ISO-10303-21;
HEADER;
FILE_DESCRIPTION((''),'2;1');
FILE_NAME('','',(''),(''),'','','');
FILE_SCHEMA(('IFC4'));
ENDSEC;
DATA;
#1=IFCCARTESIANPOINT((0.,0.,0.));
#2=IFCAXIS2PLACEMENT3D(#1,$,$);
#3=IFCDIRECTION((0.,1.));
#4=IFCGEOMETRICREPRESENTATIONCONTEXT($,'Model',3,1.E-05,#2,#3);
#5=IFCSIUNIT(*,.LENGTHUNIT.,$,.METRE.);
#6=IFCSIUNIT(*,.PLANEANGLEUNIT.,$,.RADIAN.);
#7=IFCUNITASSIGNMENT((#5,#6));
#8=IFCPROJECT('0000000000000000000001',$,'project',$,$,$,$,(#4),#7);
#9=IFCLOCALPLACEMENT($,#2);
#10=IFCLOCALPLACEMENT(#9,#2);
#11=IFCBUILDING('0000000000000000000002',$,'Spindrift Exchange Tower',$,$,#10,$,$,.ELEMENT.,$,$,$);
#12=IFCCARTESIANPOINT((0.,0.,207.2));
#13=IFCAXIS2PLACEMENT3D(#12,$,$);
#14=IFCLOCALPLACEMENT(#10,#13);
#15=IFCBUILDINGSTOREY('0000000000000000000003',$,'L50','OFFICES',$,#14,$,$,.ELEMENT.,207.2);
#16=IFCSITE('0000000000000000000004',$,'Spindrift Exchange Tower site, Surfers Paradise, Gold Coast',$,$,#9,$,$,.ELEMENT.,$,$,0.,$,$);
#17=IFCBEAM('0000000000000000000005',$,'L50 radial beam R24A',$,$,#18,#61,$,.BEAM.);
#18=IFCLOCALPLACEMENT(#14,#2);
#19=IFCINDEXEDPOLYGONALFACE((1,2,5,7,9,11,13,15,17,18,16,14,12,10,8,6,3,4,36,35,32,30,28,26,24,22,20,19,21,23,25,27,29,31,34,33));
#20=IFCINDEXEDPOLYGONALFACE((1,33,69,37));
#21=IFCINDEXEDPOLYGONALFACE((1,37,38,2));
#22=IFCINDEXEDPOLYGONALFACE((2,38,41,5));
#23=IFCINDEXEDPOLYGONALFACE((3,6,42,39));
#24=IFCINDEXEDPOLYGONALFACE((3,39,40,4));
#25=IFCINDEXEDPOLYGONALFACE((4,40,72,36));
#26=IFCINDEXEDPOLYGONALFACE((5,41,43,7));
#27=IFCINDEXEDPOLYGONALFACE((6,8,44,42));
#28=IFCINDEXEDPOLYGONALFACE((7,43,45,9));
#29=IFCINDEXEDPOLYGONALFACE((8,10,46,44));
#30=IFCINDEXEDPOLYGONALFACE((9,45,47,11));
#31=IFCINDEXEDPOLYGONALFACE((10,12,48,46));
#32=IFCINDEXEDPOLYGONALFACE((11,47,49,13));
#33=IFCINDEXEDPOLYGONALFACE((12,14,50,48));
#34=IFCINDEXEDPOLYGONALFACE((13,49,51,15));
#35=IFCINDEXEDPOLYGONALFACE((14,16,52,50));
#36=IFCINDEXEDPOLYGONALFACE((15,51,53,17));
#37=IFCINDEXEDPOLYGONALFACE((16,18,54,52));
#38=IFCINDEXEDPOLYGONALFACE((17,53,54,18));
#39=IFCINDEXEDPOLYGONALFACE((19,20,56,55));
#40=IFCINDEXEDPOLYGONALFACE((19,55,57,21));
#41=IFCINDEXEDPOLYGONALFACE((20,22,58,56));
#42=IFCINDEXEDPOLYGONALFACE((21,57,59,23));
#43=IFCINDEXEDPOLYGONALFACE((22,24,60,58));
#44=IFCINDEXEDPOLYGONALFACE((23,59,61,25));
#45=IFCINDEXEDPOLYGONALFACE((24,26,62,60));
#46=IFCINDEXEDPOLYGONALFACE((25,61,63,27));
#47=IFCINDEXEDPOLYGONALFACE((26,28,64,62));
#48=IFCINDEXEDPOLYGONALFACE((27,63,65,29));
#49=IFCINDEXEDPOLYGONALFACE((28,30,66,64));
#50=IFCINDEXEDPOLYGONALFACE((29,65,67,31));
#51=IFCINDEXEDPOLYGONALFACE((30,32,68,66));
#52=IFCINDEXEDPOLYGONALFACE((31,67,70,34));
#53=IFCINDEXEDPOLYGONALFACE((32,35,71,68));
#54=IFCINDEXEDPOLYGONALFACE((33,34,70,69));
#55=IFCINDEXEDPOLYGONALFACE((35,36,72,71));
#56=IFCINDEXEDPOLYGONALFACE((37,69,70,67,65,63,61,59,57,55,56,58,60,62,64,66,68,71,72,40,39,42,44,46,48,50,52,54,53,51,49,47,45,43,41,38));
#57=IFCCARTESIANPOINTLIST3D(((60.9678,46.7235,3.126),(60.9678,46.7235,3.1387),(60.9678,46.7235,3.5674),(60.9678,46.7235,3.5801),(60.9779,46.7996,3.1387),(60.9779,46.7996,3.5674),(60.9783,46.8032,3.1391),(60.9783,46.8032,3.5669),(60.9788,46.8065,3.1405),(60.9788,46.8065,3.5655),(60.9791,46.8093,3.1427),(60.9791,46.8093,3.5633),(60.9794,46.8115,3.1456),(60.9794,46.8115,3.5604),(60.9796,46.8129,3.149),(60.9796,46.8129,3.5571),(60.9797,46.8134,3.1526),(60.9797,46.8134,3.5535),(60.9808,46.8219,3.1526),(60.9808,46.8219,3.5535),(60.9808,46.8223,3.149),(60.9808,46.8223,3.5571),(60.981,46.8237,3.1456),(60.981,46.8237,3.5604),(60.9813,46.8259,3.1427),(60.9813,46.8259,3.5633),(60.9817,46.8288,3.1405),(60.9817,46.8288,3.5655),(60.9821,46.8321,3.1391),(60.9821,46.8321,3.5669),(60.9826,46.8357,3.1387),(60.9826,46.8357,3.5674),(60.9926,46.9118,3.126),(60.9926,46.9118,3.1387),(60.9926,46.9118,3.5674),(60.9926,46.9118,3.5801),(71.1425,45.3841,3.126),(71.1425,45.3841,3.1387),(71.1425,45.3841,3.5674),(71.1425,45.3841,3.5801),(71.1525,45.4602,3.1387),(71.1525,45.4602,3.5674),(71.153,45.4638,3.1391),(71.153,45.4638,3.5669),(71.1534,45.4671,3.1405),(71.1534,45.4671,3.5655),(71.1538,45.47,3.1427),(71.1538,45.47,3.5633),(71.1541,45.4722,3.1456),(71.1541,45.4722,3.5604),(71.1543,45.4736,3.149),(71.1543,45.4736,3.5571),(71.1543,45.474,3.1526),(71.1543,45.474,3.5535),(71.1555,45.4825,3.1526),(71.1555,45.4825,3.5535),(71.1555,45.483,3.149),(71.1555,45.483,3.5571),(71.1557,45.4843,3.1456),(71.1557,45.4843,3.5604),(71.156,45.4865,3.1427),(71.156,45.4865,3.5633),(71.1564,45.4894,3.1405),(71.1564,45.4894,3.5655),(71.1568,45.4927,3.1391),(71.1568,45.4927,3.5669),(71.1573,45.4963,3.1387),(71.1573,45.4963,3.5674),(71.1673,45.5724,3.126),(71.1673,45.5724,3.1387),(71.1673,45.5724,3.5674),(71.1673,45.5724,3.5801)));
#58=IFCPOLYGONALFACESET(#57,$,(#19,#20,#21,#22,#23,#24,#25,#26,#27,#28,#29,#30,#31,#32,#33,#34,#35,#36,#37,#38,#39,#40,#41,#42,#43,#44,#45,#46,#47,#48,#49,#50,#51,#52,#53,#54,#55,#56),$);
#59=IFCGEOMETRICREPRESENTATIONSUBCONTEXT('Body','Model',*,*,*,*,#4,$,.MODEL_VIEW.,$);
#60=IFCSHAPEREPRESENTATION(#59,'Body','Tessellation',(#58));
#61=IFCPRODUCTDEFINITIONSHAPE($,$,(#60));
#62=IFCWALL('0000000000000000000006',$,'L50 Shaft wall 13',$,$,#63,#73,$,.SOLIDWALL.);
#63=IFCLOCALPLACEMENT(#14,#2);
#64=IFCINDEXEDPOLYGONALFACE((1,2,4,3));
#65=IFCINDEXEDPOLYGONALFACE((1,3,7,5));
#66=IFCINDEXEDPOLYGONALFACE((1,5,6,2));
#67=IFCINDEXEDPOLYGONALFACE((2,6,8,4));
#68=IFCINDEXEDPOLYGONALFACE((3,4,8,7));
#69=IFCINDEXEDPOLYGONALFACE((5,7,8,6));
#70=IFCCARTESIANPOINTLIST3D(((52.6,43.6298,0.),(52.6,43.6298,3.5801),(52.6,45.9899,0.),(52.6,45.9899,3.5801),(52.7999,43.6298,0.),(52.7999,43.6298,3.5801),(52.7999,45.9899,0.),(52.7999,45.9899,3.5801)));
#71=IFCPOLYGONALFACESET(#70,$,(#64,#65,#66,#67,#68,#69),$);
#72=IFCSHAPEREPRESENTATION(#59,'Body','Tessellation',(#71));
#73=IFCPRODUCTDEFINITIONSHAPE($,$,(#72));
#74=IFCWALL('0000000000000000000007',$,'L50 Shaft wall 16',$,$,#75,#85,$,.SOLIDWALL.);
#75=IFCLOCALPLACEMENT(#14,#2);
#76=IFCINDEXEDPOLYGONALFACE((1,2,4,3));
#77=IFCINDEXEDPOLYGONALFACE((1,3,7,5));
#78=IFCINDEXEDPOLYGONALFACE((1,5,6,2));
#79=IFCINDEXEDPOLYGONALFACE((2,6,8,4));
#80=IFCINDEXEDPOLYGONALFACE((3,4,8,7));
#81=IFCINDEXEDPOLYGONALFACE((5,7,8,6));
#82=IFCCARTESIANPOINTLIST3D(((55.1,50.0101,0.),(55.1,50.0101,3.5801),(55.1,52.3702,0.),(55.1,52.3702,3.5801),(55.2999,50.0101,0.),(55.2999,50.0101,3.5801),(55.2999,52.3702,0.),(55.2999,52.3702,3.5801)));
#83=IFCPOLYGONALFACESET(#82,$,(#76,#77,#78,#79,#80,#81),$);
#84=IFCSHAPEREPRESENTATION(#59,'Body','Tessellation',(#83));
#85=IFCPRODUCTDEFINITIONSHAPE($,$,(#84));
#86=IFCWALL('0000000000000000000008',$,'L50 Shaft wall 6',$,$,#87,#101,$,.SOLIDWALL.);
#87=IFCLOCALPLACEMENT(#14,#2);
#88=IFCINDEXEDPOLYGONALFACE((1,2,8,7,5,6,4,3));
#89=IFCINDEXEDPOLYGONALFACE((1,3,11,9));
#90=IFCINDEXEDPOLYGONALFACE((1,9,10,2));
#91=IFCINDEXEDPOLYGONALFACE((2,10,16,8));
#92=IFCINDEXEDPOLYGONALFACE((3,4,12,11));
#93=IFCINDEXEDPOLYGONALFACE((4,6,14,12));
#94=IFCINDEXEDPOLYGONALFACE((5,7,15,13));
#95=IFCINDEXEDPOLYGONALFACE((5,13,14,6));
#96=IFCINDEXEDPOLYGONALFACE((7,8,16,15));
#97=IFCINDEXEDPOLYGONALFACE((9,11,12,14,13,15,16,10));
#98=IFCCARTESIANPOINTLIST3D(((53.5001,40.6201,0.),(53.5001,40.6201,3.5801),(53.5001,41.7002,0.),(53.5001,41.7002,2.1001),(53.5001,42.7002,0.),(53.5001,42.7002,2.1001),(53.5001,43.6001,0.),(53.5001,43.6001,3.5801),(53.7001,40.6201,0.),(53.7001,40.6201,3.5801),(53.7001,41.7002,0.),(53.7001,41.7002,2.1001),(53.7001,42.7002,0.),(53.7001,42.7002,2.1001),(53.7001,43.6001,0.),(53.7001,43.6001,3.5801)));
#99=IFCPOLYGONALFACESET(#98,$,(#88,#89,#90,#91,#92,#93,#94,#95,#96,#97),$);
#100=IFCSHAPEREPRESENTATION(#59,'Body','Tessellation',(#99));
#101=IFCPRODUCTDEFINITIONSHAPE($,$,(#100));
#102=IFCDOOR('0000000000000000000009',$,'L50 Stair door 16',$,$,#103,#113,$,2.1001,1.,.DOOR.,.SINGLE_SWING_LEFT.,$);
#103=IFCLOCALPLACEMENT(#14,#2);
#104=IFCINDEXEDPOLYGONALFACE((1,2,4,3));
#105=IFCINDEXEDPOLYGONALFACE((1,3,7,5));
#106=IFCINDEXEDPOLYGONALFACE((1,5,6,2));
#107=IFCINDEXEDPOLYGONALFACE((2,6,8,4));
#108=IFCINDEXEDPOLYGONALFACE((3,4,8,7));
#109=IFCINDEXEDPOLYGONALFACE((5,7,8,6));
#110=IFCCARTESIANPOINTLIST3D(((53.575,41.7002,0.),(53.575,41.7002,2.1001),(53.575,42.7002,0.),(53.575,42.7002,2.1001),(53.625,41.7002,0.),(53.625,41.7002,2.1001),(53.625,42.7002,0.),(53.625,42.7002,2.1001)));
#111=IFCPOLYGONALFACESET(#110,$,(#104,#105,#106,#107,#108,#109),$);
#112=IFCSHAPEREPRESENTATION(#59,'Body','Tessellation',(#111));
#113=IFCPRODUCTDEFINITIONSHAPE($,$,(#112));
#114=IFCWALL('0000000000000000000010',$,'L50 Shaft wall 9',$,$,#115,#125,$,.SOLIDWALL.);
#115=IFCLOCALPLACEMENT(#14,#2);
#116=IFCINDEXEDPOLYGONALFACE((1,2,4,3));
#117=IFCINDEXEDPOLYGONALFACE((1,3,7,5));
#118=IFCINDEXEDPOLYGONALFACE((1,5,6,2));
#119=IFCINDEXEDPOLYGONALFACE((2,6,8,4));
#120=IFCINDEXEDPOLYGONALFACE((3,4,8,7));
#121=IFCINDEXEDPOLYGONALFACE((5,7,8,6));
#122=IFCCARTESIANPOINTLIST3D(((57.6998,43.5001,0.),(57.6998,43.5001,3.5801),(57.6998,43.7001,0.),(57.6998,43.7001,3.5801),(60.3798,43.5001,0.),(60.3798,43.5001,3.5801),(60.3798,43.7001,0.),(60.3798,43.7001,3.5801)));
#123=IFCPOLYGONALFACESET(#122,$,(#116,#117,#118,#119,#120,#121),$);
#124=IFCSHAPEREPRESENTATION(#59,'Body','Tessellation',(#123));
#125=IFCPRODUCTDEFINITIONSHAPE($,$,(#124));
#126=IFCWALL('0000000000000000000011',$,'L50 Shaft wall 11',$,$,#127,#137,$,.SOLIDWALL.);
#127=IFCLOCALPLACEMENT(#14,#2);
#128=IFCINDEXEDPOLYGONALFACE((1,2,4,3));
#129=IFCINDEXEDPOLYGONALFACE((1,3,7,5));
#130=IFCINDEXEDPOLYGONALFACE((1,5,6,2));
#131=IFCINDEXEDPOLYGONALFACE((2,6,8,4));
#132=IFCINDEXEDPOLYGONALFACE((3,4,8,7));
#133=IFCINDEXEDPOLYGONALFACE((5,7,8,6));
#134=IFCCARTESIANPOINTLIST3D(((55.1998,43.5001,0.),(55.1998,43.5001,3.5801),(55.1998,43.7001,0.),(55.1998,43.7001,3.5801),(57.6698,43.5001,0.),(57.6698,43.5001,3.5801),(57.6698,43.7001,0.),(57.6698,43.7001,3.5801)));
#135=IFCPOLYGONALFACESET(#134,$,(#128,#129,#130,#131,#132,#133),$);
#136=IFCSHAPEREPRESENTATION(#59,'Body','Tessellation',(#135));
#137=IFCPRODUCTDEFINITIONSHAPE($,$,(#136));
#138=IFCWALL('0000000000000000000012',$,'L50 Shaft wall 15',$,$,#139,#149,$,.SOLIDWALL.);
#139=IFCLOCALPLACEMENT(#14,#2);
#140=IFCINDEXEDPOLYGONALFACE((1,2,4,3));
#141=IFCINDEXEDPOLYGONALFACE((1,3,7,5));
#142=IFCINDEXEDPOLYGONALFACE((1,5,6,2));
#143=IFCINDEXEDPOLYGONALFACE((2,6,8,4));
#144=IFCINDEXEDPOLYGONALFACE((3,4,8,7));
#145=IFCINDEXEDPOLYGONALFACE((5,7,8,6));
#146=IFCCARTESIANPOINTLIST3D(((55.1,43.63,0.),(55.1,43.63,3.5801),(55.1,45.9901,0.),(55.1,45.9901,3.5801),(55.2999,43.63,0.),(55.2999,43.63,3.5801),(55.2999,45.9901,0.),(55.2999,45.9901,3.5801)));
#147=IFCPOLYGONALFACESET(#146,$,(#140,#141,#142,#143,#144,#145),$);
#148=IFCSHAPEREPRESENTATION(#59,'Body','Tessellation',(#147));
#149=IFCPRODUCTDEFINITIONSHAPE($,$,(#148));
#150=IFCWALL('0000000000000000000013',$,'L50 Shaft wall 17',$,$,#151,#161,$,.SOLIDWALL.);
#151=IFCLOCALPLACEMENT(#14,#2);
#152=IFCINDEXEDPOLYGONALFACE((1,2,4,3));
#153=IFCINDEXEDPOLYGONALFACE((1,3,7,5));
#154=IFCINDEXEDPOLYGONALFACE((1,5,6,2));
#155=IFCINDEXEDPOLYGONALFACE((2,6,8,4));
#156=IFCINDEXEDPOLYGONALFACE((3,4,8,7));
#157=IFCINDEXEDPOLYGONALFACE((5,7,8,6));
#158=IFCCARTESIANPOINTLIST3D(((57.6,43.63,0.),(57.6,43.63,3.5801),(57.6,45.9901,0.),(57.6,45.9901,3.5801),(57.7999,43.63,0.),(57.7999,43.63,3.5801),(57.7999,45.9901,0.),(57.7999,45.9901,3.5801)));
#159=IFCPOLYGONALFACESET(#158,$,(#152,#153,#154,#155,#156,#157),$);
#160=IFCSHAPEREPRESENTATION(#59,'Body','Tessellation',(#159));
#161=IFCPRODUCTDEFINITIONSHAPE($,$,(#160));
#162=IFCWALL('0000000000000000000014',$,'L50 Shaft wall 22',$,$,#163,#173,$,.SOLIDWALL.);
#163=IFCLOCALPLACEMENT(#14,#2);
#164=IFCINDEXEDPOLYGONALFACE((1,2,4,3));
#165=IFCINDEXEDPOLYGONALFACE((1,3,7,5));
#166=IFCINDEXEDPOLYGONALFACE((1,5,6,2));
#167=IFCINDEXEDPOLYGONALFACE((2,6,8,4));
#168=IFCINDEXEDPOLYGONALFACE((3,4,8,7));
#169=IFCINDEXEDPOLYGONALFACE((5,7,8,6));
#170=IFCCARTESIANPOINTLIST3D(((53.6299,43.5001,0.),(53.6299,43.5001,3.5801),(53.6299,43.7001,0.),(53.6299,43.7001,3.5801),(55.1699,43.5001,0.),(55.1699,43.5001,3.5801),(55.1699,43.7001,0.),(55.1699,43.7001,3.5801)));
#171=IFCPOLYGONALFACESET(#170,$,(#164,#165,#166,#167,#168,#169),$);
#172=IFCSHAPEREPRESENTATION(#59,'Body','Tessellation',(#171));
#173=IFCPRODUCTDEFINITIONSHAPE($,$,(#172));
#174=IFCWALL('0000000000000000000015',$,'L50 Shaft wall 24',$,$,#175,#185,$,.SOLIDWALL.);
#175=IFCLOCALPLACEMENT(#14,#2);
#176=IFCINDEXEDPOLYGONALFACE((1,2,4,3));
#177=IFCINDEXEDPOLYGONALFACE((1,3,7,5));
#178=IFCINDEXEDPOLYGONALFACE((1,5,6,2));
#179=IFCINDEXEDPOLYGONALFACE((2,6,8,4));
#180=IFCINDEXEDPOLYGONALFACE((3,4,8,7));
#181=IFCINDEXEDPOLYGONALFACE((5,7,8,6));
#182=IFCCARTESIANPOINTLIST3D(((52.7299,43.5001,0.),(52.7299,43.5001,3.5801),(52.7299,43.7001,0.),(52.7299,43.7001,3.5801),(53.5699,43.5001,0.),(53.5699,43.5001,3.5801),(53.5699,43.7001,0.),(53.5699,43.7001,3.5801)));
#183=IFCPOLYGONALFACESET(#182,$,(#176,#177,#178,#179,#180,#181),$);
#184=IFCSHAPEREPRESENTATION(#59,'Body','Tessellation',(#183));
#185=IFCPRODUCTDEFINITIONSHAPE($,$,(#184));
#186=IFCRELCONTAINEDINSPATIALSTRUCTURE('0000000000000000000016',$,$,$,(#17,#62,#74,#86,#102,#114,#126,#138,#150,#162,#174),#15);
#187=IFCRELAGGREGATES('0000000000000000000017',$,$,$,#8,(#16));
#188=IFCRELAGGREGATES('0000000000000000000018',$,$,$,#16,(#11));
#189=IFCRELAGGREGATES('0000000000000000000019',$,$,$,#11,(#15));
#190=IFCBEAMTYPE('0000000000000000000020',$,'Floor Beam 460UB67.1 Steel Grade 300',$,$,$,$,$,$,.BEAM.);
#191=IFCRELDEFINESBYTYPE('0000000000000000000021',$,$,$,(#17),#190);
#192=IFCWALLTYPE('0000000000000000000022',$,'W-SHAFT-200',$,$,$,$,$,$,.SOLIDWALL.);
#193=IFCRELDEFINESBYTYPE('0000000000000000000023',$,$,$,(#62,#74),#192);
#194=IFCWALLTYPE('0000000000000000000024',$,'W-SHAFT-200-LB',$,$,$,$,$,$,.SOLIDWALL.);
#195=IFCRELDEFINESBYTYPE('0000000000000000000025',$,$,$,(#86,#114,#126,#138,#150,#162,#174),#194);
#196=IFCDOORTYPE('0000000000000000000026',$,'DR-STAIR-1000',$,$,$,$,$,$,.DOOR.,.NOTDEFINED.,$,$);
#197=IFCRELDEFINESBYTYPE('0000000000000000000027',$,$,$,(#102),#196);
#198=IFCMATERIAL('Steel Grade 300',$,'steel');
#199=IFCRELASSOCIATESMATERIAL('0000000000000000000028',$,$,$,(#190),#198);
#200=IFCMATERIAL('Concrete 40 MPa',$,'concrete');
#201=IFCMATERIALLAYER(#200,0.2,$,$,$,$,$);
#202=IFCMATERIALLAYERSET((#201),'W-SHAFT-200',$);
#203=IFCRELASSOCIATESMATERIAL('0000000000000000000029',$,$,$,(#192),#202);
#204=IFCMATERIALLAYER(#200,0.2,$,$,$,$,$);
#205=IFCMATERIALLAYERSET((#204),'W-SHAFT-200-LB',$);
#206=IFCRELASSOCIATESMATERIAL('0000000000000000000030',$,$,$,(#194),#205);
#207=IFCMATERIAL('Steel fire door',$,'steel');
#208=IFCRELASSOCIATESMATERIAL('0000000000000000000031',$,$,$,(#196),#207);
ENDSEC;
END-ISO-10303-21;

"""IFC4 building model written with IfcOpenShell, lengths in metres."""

from ifc_helpers import new_model, si_unit, direction, frame, frame_2d, origin, origin_2d, place, context, subcontext, project, spatial, rectangle, i_section, extrude, source, transform, mapped, material, layer, layer_set, material_profile, profile_set, type_object, element, fill, save


model = new_model("IFC4")

# Units and contexts
model_context = context("Model", 3, precision=1e-05, world=origin(), true_north=direction((0.0, 1.0)))
body_context = subcontext(model_context, "Body", "Model", "MODEL_VIEW")
ifc_project = project(units=[si_unit("LENGTHUNIT", "METRE"), si_unit("PLANEANGLEUNIT", "RADIAN")], contexts=[model_context])

# Site, building, storey
site_placement = place(None, origin())
site = spatial("IfcSite", under=ifc_project, at=site_placement, Name="Spindrift Exchange Tower site, Surfers Paradise, Gold Coast", CompositionType="ELEMENT", RefElevation=0.0)
building_placement = place(site_placement, origin())
building = spatial("IfcBuilding", under=site, at=building_placement, Name="Spindrift Exchange Tower", CompositionType="ELEMENT")
storey_placement = place(building_placement, frame((0.0, 0.0, 207.2)))
storey = spatial("IfcBuildingStorey", under=building, at=storey_placement, Name="L50", Description="OFFICES", CompositionType="ELEMENT", Elevation=207.2)

# Beam
ifc_material_1 = material(Name="Steel Grade 300", Category="steel")
ifc_material_profile_1 = material_profile(ifc_material_1, i_section(OverallWidth=0.1899, OverallDepth=0.4541, WebThickness=0.0085, FlangeThickness=0.0127, FilletRadius=0.0139, at=origin_2d()), Name="460UB67.1")
ifc_profile_set_1 = profile_set([ifc_material_profile_1], Name="Steel Grade 300")
beam_type_1 = type_object("IfcBeamType", Name="Floor Beam 460UB67.1 Steel Grade 300", PredefinedType="BEAM", material=ifc_profile_set_1)
shared_shape_1 = source(origin(), body_context, "Body", "SweptSolid", [
    extrude(i_section(OverallWidth=0.1899, OverallDepth=0.4541, WebThickness=0.0085, FlangeThickness=0.0127, FilletRadius=0.0139, at=origin_2d()), origin(), (0.0, 0.0, 1.0), 10.2625),
])
beam_1_placement = place(storey_placement, frame((60.9802, 46.8176, 3.353), z_axis=(0.991447, -0.130512, 0.0), x_axis=(0.130512, 0.991447, 0.0)))
element("IfcBeam", 1, at=beam_1_placement, inside=storey, type_object=beam_type_1, Name="L50 radial beam R24A", PredefinedType="BEAM", context=body_context, shape_type="MappedRepresentation", body=[
    mapped(shared_shape_1, transform((0.0, 0.0, 0.0), scale=1.0)),
])

# Walls
ifc_material_2 = material(Name="Concrete 40 MPa", Category="concrete")
ifc_layer_1 = layer(ifc_material_2, 0.2)
ifc_layer_set_1 = layer_set([ifc_layer_1], Name="W-SHAFT-200")
wall_type_1 = type_object("IfcWallType", Name="W-SHAFT-200", PredefinedType="SOLIDWALL", material=ifc_layer_set_1)
for number, where, z_axis, x_axis, name in (
    (2, (52.7, 45.99, 0.0), (0.0, 0.0, 1.0), (0.0, -1.0, 0.0), "L50 Shaft wall 13"),
    (3, (55.2, 50.01, 0.0), (0.0, 0.0, 1.0), (0.0, 1.0, 0.0), "L50 Shaft wall 16"),
):
    element("IfcWall", number, at=place(storey_placement, frame(where, z_axis=z_axis, x_axis=x_axis)), inside=storey, type_object=wall_type_1, Name=name, PredefinedType="SOLIDWALL", context=body_context, shape_type="SweptSolid", body=[
        extrude(rectangle(XDim=2.3601, YDim=0.2, at=frame_2d((1.1802, 0.0))), origin(), (0.0, 0.0, 1.0), 3.5801),
    ])

# Wall, opening, door
ifc_layer_2 = layer(ifc_material_2, 0.2)
ifc_layer_set_2 = layer_set([ifc_layer_2], Name="W-SHAFT-200-LB")
wall_type_2 = type_object("IfcWallType", Name="W-SHAFT-200-LB", PredefinedType="SOLIDWALL", material=ifc_layer_set_2)
wall_1_placement = place(storey_placement, frame((53.6001, 43.6001, 0.0), z_axis=(0.0, 0.0, 1.0), x_axis=(0.0, -1.0, 0.0)))
wall_1 = element("IfcWall", 4, at=wall_1_placement, inside=storey, type_object=wall_type_2, Name="L50 Shaft wall 6", PredefinedType="SOLIDWALL", context=body_context, shape_type="SweptSolid", body=[
    extrude(rectangle(XDim=2.98, YDim=0.2, at=frame_2d((1.49, 0.0))), origin(), (0.0, 0.0, 1.0), 3.5801),
])
opening_placement = place(wall_1_placement, frame((0.8999, 0.0, 0.0)))
opening = element("IfcOpeningElement", 5, at=opening_placement, cuts=wall_1, PredefinedType="OPENING", context=body_context, shape_type="SweptSolid", body=[
    extrude(rectangle(XDim=1.0, YDim=2.1001, at=frame_2d((0.5, 1.05))), frame((0.0, 0.1099, 0.0), z_axis=(0.0, -1.0, 0.0), x_axis=(1.0, 0.0, 0.0)), (0.0, 0.0, 1.0), 0.22),
])
ifc_material_3 = material(Name="Steel fire door", Category="steel")
door_type = type_object("IfcDoorType", Name="DR-STAIR-1000", OperationType="NOTDEFINED", PredefinedType="DOOR", material=ifc_material_3)
shared_shape_2 = source(origin(), body_context, "Body", "SweptSolid", [
    extrude(rectangle(XDim=1.0, YDim=2.1001, at=frame_2d((0.5, 1.05))), frame((0.0, 0.0249, 0.0), z_axis=(0.0, -1.0, 0.0), x_axis=(1.0, 0.0, 0.0)), (0.0, 0.0, 1.0), 0.05),
])
door_placement = place(opening_placement, origin())
door = element("IfcDoor", 6, at=door_placement, inside=storey, type_object=door_type, Name="L50 Stair door 16", OperationType="SINGLE_SWING_LEFT", OverallHeight=2.1001, OverallWidth=1.0, PredefinedType="DOOR", context=body_context, shape_type="MappedRepresentation", body=[
    mapped(shared_shape_2, transform((0.0, 0.0, 0.0), scale=1.0)),
])
fill(opening, door)

# Walls
wall_2_placement = place(storey_placement, frame((57.7, 43.6001, 0.0), z_axis=(0.0, 0.0, 1.0), x_axis=(1.0, 0.0, 0.0)))
element("IfcWall", 7, at=wall_2_placement, inside=storey, type_object=wall_type_2, Name="L50 Shaft wall 9", PredefinedType="SOLIDWALL", context=body_context, shape_type="SweptSolid", body=[
    extrude(rectangle(XDim=2.6799, YDim=0.2, at=frame_2d((1.3398, 0.0))), origin(), (0.0, 0.0, 1.0), 3.5801),
])
wall_3_placement = place(storey_placement, frame((55.2, 43.6001, 0.0), z_axis=(0.0, 0.0, 1.0), x_axis=(1.0, 0.0, 0.0)))
element("IfcWall", 8, at=wall_3_placement, inside=storey, type_object=wall_type_2, Name="L50 Shaft wall 11", PredefinedType="SOLIDWALL", context=body_context, shape_type="SweptSolid", body=[
    extrude(rectangle(XDim=2.47, YDim=0.2, at=frame_2d((1.2349, 0.0))), origin(), (0.0, 0.0, 1.0), 3.5801),
])
for number, where, z_axis, x_axis, name in (
    (9, (55.2, 43.6299, 0.0), (0.0, 0.0, 1.0), (0.0, 1.0, 0.0), "L50 Shaft wall 15"),
    (10, (57.7, 43.6299, 0.0), (0.0, 0.0, 1.0), (0.0, 1.0, 0.0), "L50 Shaft wall 17"),
):
    element("IfcWall", number, at=place(storey_placement, frame(where, z_axis=z_axis, x_axis=x_axis)), inside=storey, type_object=wall_type_2, Name=name, PredefinedType="SOLIDWALL", context=body_context, shape_type="SweptSolid", body=[
        extrude(rectangle(XDim=2.3601, YDim=0.2, at=frame_2d((1.1802, 0.0))), origin(), (0.0, 0.0, 1.0), 3.5801),
    ])
wall_4_placement = place(storey_placement, frame((53.6299, 43.6001, 0.0), z_axis=(0.0, 0.0, 1.0), x_axis=(1.0, 0.0, 0.0)))
element("IfcWall", 11, at=wall_4_placement, inside=storey, type_object=wall_type_2, Name="L50 Shaft wall 22", PredefinedType="SOLIDWALL", context=body_context, shape_type="SweptSolid", body=[
    extrude(rectangle(XDim=1.54, YDim=0.2, at=frame_2d((0.77, 0.0))), origin(), (0.0, 0.0, 1.0), 3.5801),
])
wall_5_placement = place(storey_placement, frame((52.73, 43.6001, 0.0), z_axis=(0.0, 0.0, 1.0), x_axis=(1.0, 0.0, 0.0)))
element("IfcWall", 12, at=wall_5_placement, inside=storey, type_object=wall_type_2, Name="L50 Shaft wall 24", PredefinedType="SOLIDWALL", context=body_context, shape_type="SweptSolid", body=[
    extrude(rectangle(XDim=0.8401, YDim=0.2, at=frame_2d((0.4199, 0.0))), origin(), (0.0, 0.0, 1.0), 3.5801),
])

save(model, "model.ifc")
